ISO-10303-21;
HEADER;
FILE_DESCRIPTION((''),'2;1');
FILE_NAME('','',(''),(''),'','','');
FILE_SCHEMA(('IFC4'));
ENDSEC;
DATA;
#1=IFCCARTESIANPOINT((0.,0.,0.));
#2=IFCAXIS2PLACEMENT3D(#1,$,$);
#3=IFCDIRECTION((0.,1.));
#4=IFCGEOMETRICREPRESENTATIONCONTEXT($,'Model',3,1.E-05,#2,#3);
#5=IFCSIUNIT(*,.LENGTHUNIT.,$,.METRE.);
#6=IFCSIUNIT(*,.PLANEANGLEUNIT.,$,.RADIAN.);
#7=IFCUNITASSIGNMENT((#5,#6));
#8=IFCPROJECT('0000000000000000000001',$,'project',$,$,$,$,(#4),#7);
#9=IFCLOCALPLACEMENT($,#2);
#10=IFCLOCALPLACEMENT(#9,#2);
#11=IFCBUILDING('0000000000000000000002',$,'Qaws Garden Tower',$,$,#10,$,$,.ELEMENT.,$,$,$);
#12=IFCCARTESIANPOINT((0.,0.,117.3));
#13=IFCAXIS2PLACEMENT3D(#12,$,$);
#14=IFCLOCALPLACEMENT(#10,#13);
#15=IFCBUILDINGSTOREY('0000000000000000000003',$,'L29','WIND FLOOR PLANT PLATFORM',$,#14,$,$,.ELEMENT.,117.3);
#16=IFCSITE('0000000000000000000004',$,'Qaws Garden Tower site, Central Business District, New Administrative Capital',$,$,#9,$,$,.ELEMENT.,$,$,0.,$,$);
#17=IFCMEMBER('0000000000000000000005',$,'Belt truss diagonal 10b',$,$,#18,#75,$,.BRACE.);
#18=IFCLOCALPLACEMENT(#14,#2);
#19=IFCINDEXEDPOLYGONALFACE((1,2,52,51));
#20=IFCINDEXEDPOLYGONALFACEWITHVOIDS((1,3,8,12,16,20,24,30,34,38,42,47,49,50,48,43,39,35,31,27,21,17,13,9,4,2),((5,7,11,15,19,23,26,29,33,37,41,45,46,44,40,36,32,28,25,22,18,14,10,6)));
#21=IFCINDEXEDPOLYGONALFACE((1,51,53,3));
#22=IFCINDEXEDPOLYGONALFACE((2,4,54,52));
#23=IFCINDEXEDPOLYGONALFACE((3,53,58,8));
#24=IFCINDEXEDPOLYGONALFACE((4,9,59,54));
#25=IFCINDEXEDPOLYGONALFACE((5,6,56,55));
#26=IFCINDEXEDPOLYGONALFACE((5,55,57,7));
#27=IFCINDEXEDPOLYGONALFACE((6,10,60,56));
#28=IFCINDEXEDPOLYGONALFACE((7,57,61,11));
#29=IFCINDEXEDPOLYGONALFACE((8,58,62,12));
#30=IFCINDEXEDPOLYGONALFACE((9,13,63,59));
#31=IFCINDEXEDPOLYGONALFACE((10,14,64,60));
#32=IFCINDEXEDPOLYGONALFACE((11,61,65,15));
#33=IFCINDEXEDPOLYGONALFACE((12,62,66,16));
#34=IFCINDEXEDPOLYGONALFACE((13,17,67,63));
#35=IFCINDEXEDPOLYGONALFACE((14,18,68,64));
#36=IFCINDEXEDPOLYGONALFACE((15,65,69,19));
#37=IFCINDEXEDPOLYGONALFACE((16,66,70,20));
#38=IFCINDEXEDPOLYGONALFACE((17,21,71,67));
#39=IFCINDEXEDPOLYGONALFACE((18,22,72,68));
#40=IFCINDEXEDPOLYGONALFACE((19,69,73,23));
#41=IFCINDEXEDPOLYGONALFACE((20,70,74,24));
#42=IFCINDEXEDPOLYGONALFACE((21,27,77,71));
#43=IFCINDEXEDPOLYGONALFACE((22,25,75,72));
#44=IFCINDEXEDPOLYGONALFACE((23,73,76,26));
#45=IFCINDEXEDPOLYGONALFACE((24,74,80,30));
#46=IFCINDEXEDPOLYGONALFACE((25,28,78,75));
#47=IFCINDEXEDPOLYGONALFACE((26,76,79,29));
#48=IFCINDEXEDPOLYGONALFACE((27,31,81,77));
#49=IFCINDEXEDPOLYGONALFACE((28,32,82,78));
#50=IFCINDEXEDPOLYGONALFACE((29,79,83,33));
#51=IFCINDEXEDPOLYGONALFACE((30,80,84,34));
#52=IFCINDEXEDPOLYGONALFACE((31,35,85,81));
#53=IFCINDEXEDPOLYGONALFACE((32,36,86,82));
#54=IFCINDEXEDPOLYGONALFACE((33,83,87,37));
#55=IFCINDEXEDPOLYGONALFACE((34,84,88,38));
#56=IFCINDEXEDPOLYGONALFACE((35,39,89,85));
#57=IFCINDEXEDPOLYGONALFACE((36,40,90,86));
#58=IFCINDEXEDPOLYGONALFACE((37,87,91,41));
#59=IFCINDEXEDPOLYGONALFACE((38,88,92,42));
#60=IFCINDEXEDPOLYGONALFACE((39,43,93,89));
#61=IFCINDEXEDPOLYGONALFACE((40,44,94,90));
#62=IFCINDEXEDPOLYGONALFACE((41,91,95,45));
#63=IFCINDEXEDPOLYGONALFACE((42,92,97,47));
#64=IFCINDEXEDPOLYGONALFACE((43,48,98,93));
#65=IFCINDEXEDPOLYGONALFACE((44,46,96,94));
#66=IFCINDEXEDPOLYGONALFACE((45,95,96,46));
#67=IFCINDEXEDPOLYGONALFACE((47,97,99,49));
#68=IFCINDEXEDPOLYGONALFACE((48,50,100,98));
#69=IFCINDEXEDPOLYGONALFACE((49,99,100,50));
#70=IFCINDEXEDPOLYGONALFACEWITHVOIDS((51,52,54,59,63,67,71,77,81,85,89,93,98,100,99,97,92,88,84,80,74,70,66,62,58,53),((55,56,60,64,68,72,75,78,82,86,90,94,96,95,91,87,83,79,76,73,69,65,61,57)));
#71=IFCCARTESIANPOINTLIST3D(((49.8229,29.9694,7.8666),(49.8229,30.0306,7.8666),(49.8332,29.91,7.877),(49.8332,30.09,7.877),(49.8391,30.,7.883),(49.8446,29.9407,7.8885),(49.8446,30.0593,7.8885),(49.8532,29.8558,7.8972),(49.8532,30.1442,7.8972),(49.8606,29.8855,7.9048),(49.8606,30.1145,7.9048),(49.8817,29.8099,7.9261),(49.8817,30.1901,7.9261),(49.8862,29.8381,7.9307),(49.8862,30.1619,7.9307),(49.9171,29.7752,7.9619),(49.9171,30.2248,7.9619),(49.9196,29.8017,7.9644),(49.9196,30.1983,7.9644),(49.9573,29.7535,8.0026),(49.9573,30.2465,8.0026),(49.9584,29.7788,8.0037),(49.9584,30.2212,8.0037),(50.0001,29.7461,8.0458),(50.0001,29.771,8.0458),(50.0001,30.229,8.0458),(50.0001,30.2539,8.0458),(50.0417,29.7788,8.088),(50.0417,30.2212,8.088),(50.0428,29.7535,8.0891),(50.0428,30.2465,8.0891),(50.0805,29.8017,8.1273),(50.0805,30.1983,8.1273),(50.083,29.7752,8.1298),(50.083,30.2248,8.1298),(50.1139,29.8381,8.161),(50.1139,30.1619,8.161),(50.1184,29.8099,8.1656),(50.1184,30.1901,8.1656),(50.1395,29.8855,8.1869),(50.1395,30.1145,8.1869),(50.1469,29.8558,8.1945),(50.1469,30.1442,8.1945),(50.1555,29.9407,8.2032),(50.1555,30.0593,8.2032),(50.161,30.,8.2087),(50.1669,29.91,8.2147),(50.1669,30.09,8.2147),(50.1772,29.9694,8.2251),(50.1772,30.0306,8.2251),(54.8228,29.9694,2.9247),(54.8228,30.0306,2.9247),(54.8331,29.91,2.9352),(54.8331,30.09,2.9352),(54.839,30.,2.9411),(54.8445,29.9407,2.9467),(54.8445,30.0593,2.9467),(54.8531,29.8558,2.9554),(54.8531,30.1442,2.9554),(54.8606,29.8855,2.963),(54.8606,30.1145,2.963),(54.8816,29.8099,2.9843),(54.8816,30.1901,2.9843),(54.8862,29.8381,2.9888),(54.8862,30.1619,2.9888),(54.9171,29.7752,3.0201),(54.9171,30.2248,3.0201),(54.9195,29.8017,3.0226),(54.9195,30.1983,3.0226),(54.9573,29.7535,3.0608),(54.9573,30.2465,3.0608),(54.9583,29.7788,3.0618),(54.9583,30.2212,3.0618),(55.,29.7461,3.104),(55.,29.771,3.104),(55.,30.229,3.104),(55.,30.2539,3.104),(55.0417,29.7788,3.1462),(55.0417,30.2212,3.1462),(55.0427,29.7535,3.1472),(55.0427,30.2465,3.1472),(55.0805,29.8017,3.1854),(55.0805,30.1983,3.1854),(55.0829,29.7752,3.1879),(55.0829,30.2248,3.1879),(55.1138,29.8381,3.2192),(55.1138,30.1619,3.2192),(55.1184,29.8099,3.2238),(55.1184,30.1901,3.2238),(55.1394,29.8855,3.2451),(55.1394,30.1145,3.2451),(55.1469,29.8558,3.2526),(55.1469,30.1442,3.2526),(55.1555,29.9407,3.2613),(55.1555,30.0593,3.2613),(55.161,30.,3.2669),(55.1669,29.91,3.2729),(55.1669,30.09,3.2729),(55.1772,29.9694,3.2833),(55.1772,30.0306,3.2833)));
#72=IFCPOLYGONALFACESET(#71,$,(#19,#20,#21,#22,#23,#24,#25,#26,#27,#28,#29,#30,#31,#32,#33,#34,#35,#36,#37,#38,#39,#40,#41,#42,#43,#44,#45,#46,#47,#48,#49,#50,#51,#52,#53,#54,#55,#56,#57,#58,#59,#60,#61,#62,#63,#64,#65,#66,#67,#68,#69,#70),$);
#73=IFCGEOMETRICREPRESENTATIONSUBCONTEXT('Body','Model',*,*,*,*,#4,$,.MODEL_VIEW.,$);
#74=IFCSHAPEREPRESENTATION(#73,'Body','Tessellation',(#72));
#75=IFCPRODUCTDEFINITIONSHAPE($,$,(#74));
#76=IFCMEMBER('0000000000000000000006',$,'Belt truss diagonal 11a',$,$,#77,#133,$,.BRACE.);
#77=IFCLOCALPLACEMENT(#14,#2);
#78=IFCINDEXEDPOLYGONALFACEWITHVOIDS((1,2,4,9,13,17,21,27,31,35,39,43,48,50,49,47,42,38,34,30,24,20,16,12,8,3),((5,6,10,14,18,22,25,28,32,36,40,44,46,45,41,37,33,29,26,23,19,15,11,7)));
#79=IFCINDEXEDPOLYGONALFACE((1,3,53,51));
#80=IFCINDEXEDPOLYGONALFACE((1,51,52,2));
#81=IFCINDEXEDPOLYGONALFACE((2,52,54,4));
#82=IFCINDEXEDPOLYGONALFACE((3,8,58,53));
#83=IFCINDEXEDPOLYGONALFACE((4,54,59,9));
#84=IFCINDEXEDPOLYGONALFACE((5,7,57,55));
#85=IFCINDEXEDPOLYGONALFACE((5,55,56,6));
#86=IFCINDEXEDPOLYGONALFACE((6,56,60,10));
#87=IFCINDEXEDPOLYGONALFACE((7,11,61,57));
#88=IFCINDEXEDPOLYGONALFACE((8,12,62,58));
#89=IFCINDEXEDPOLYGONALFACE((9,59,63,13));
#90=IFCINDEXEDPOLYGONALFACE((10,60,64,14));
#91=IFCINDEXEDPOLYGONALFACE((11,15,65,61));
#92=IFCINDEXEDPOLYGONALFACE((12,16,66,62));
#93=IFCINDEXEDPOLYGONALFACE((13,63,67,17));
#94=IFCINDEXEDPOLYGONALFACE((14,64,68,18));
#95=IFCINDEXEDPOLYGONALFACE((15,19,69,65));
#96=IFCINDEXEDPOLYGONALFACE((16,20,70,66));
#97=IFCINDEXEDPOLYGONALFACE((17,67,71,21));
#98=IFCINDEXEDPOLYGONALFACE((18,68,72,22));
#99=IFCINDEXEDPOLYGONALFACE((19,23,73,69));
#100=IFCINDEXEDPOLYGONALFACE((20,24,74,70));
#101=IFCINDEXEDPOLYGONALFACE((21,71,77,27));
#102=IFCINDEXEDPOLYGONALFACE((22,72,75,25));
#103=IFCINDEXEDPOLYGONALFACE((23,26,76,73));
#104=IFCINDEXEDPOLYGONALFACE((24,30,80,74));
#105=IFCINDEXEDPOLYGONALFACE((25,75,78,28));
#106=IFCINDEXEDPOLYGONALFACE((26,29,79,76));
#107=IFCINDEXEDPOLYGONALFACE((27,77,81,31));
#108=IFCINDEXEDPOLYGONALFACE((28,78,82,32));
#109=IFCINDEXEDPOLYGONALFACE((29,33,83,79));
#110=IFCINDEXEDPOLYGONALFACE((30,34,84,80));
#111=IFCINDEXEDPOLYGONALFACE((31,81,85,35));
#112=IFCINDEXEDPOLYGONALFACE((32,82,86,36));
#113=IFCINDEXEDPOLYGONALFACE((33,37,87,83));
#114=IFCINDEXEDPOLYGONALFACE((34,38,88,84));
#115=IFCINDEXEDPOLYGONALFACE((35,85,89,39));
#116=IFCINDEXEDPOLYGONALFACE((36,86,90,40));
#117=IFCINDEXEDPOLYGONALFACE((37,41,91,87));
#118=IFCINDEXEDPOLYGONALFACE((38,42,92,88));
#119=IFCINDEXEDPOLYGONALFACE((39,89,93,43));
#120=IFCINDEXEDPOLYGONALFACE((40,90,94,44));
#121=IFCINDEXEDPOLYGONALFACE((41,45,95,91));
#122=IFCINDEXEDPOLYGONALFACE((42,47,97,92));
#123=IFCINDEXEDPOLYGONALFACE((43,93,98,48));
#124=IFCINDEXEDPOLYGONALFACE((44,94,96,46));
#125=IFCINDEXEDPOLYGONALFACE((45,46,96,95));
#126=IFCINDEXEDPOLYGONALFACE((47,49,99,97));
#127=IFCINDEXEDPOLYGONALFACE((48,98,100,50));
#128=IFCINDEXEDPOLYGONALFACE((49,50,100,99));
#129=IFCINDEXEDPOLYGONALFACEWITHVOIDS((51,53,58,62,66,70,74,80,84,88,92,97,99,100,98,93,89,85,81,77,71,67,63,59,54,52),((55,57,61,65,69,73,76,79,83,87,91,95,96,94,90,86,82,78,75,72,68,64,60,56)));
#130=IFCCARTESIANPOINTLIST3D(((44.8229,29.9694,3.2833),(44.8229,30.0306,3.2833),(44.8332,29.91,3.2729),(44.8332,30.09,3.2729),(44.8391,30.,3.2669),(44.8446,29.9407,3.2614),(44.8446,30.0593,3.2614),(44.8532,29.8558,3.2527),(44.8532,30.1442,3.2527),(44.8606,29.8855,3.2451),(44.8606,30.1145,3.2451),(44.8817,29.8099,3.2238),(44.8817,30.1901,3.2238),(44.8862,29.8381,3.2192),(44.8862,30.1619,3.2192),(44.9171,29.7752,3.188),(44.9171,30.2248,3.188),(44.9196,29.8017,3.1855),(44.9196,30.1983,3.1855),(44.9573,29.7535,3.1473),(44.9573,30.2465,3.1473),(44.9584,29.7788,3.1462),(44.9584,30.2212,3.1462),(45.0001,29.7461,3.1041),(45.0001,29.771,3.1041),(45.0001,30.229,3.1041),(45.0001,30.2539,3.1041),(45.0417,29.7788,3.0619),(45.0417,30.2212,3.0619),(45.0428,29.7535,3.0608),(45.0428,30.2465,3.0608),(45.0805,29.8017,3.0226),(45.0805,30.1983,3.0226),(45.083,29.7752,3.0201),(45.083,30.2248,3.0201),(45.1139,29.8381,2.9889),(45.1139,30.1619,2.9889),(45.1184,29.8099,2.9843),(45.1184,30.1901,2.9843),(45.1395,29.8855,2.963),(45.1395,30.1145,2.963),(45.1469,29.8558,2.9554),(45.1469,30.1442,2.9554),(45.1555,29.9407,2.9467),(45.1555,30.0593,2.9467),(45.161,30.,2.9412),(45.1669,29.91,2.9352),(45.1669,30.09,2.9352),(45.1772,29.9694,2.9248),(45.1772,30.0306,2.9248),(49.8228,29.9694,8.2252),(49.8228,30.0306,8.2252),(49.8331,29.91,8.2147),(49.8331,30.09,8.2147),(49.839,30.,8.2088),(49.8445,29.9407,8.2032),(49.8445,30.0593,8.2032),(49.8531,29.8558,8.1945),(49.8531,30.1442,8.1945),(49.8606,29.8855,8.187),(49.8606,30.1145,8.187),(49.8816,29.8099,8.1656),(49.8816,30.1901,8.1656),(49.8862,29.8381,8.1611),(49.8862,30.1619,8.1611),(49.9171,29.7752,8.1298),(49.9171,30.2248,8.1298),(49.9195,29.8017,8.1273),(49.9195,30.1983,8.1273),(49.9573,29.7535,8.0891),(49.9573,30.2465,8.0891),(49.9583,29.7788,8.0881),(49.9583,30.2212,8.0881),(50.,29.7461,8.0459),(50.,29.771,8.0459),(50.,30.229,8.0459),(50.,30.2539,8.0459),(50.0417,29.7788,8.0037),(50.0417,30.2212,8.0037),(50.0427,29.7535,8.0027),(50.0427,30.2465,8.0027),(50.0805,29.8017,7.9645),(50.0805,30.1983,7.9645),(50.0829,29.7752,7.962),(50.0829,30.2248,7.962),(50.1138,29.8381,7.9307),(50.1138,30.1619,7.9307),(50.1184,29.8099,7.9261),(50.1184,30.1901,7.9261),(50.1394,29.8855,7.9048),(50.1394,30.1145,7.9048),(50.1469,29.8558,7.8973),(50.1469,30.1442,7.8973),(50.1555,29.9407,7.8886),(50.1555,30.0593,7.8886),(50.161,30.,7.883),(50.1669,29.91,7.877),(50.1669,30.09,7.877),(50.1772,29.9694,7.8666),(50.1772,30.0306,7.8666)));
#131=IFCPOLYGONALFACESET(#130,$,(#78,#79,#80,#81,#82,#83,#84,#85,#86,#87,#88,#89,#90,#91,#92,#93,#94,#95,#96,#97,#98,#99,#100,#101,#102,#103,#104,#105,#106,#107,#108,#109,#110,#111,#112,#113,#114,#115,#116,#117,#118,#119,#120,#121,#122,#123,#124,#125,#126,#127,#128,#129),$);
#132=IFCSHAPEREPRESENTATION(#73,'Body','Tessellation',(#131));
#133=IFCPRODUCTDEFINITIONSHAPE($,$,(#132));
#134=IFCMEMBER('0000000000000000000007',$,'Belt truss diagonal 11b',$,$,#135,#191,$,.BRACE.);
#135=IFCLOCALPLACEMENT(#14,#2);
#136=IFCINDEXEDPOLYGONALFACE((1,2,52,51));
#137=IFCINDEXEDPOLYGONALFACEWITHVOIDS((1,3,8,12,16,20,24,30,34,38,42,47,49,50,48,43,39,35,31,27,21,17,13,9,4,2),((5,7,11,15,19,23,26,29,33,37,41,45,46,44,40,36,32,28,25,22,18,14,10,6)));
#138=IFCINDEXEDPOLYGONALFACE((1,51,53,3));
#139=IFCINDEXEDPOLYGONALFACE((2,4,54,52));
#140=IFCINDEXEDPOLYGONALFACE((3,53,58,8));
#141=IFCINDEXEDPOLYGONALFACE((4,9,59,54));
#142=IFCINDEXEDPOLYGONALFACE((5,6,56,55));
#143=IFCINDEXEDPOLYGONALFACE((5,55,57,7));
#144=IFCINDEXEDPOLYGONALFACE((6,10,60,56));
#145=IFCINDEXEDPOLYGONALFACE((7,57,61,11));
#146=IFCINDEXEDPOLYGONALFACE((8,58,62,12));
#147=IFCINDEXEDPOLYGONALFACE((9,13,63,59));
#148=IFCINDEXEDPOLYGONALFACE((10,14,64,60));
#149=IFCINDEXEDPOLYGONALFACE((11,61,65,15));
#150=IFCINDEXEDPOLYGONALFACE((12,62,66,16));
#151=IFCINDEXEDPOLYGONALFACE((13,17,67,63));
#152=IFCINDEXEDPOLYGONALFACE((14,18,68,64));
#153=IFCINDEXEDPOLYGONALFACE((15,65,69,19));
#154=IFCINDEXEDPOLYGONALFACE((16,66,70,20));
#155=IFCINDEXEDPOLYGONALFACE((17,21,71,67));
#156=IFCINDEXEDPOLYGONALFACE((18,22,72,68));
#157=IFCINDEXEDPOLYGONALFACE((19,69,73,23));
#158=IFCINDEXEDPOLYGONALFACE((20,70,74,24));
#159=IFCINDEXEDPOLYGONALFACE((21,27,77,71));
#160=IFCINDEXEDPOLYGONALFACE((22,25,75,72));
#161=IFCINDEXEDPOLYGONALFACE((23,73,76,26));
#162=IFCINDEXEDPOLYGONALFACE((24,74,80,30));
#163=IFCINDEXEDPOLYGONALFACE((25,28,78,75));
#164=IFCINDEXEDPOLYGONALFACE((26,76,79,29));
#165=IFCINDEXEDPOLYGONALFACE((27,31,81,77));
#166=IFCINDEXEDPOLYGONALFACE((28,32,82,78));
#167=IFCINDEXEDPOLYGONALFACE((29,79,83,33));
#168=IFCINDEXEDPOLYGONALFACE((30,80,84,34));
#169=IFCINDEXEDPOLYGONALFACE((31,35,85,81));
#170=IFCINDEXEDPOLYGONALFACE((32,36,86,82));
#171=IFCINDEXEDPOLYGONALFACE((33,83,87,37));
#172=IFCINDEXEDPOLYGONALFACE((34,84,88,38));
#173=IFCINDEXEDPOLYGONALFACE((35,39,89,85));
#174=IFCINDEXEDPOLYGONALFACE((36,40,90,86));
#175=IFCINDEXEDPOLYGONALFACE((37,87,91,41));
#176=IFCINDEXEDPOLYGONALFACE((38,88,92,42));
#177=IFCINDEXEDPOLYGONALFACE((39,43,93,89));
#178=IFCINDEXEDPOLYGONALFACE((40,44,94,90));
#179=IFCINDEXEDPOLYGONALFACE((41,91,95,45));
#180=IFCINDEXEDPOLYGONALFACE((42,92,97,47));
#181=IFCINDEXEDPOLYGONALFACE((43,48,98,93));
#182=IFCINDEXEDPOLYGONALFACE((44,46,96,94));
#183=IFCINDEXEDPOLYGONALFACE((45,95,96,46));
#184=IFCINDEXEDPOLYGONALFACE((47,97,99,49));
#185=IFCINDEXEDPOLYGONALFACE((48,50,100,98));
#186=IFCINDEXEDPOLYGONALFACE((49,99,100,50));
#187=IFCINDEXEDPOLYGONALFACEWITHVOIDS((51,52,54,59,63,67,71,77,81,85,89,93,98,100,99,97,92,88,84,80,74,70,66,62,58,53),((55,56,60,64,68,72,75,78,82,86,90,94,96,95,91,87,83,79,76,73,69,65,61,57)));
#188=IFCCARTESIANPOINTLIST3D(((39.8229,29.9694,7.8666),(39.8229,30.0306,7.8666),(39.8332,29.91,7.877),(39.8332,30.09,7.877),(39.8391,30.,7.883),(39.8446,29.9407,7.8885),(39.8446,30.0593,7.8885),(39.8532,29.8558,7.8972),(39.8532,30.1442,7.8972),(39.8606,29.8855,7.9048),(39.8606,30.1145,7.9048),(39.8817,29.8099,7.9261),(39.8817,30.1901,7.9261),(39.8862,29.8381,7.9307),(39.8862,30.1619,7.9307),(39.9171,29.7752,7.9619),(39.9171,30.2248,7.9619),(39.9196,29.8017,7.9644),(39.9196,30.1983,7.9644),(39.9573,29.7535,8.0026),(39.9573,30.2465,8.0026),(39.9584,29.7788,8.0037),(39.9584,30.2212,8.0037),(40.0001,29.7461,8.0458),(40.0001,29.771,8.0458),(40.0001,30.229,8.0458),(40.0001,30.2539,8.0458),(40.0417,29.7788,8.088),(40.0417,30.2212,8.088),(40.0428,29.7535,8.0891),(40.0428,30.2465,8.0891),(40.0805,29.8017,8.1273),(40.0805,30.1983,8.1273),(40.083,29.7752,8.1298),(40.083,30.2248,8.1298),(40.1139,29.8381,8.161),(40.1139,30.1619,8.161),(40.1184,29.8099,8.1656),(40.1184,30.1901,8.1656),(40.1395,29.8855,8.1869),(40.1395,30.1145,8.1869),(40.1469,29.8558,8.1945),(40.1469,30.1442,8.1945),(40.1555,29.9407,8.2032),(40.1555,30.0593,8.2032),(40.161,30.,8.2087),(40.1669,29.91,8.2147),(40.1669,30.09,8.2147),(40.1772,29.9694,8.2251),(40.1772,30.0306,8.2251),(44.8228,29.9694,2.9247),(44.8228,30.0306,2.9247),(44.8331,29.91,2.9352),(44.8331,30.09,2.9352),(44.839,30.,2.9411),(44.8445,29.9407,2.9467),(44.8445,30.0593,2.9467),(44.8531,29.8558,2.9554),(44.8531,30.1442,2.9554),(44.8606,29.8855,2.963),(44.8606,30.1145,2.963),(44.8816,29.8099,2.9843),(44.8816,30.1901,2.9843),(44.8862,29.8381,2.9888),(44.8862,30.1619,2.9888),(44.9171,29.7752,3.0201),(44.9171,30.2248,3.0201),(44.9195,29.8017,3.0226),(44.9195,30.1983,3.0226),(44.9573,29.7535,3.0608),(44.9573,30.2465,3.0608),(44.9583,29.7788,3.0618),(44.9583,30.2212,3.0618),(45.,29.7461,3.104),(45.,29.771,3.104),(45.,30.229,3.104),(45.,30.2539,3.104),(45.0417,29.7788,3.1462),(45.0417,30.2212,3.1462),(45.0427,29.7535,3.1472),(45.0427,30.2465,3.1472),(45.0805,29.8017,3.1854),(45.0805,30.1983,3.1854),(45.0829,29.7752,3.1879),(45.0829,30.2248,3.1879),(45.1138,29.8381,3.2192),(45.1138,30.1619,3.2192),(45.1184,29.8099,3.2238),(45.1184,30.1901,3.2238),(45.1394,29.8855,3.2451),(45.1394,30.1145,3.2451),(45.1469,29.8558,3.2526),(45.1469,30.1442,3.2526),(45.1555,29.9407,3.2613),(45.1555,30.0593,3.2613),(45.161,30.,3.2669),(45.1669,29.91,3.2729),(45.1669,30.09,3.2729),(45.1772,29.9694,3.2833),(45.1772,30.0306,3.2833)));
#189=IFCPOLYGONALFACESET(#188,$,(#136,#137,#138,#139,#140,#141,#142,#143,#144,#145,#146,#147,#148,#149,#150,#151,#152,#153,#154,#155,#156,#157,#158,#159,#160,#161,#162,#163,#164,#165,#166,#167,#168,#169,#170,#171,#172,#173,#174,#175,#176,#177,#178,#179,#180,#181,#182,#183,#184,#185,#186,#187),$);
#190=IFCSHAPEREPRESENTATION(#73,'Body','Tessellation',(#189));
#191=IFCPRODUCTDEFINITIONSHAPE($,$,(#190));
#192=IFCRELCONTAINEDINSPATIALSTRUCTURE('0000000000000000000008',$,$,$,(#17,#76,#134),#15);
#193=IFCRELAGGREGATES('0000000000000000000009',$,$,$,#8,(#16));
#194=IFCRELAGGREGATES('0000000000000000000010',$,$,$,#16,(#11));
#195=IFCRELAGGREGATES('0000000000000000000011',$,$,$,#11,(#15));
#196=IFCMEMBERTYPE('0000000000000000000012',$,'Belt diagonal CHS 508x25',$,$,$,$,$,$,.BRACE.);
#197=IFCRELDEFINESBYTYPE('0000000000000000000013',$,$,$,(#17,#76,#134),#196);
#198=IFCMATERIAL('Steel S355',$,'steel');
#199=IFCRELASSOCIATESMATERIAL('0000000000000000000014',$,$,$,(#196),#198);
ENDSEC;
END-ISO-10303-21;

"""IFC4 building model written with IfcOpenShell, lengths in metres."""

from ifc_helpers import new_model, si_unit, direction, frame, origin, origin_2d, place, context, subcontext, project, spatial, hollow_circle, extrude, material, material_profile, profile_set, type_object, element, save


model = new_model("IFC4")

# Units and contexts
model_context = context("Model", 3, precision=1e-05, world=origin(), true_north=direction((0.0, 1.0)))
body_context = subcontext(model_context, "Body", "Model", "MODEL_VIEW")
ifc_project = project(units=[si_unit("LENGTHUNIT", "METRE"), si_unit("PLANEANGLEUNIT", "RADIAN")], contexts=[model_context])

# Site, building, storey
site_placement = place(None, origin())
site = spatial("IfcSite", under=ifc_project, at=site_placement, Name="Qaws Garden Tower site, Central Business District, New Administrative Capital", CompositionType="ELEMENT", RefElevation=0.0)
building_placement = place(site_placement, origin())
building = spatial("IfcBuilding", under=site, at=building_placement, Name="Qaws Garden Tower", CompositionType="ELEMENT")
storey_placement = place(building_placement, frame((0.0, 0.0, 117.3)))
storey = spatial("IfcBuildingStorey", under=building, at=storey_placement, Name="L29", Description="WIND FLOOR PLANT PLATFORM", CompositionType="ELEMENT", Elevation=117.3)

# Members
ifc_material_1 = material(Name="Steel S355", Category="steel")
ifc_material_profile_1 = material_profile(ifc_material_1, hollow_circle(Radius=0.2539, WallThickness=0.0249, at=origin_2d()), Name="CHS 508x25")
ifc_profile_set_1 = profile_set([ifc_material_profile_1], Name="Steel S355")
member_type_1 = type_object("IfcMemberType", Name="Belt diagonal CHS 508x25", PredefinedType="BRACE", material=ifc_profile_set_1)
for number, where, z_axis, x_axis, name in (
    (1, (55.0, 30.0, 3.104), (-0.711227, 0.0, 0.702962), (0.0, -1.0, 0.0), "Belt truss diagonal 10b"),
    (2, (50.0, 30.0, 8.0459), (-0.711227, 0.0, -0.702962), (0.0, -1.0, 0.0), "Belt truss diagonal 11a"),
    (3, (45.0, 30.0, 3.104), (-0.711227, 0.0, 0.702962), (0.0, -1.0, 0.0), "Belt truss diagonal 11b"),
):
    element("IfcMember", number, at=place(storey_placement, frame(where, z_axis=z_axis, x_axis=x_axis)), inside=storey, type_object=member_type_1, Name=name, PredefinedType="BRACE", context=body_context, shape_type="SweptSolid", body=[
        extrude(hollow_circle(Radius=0.2539, WallThickness=0.0249, at=origin_2d()), origin(), (0.0, 0.0, 1.0), 7.03),
    ])

save(model, "model.ifc")
